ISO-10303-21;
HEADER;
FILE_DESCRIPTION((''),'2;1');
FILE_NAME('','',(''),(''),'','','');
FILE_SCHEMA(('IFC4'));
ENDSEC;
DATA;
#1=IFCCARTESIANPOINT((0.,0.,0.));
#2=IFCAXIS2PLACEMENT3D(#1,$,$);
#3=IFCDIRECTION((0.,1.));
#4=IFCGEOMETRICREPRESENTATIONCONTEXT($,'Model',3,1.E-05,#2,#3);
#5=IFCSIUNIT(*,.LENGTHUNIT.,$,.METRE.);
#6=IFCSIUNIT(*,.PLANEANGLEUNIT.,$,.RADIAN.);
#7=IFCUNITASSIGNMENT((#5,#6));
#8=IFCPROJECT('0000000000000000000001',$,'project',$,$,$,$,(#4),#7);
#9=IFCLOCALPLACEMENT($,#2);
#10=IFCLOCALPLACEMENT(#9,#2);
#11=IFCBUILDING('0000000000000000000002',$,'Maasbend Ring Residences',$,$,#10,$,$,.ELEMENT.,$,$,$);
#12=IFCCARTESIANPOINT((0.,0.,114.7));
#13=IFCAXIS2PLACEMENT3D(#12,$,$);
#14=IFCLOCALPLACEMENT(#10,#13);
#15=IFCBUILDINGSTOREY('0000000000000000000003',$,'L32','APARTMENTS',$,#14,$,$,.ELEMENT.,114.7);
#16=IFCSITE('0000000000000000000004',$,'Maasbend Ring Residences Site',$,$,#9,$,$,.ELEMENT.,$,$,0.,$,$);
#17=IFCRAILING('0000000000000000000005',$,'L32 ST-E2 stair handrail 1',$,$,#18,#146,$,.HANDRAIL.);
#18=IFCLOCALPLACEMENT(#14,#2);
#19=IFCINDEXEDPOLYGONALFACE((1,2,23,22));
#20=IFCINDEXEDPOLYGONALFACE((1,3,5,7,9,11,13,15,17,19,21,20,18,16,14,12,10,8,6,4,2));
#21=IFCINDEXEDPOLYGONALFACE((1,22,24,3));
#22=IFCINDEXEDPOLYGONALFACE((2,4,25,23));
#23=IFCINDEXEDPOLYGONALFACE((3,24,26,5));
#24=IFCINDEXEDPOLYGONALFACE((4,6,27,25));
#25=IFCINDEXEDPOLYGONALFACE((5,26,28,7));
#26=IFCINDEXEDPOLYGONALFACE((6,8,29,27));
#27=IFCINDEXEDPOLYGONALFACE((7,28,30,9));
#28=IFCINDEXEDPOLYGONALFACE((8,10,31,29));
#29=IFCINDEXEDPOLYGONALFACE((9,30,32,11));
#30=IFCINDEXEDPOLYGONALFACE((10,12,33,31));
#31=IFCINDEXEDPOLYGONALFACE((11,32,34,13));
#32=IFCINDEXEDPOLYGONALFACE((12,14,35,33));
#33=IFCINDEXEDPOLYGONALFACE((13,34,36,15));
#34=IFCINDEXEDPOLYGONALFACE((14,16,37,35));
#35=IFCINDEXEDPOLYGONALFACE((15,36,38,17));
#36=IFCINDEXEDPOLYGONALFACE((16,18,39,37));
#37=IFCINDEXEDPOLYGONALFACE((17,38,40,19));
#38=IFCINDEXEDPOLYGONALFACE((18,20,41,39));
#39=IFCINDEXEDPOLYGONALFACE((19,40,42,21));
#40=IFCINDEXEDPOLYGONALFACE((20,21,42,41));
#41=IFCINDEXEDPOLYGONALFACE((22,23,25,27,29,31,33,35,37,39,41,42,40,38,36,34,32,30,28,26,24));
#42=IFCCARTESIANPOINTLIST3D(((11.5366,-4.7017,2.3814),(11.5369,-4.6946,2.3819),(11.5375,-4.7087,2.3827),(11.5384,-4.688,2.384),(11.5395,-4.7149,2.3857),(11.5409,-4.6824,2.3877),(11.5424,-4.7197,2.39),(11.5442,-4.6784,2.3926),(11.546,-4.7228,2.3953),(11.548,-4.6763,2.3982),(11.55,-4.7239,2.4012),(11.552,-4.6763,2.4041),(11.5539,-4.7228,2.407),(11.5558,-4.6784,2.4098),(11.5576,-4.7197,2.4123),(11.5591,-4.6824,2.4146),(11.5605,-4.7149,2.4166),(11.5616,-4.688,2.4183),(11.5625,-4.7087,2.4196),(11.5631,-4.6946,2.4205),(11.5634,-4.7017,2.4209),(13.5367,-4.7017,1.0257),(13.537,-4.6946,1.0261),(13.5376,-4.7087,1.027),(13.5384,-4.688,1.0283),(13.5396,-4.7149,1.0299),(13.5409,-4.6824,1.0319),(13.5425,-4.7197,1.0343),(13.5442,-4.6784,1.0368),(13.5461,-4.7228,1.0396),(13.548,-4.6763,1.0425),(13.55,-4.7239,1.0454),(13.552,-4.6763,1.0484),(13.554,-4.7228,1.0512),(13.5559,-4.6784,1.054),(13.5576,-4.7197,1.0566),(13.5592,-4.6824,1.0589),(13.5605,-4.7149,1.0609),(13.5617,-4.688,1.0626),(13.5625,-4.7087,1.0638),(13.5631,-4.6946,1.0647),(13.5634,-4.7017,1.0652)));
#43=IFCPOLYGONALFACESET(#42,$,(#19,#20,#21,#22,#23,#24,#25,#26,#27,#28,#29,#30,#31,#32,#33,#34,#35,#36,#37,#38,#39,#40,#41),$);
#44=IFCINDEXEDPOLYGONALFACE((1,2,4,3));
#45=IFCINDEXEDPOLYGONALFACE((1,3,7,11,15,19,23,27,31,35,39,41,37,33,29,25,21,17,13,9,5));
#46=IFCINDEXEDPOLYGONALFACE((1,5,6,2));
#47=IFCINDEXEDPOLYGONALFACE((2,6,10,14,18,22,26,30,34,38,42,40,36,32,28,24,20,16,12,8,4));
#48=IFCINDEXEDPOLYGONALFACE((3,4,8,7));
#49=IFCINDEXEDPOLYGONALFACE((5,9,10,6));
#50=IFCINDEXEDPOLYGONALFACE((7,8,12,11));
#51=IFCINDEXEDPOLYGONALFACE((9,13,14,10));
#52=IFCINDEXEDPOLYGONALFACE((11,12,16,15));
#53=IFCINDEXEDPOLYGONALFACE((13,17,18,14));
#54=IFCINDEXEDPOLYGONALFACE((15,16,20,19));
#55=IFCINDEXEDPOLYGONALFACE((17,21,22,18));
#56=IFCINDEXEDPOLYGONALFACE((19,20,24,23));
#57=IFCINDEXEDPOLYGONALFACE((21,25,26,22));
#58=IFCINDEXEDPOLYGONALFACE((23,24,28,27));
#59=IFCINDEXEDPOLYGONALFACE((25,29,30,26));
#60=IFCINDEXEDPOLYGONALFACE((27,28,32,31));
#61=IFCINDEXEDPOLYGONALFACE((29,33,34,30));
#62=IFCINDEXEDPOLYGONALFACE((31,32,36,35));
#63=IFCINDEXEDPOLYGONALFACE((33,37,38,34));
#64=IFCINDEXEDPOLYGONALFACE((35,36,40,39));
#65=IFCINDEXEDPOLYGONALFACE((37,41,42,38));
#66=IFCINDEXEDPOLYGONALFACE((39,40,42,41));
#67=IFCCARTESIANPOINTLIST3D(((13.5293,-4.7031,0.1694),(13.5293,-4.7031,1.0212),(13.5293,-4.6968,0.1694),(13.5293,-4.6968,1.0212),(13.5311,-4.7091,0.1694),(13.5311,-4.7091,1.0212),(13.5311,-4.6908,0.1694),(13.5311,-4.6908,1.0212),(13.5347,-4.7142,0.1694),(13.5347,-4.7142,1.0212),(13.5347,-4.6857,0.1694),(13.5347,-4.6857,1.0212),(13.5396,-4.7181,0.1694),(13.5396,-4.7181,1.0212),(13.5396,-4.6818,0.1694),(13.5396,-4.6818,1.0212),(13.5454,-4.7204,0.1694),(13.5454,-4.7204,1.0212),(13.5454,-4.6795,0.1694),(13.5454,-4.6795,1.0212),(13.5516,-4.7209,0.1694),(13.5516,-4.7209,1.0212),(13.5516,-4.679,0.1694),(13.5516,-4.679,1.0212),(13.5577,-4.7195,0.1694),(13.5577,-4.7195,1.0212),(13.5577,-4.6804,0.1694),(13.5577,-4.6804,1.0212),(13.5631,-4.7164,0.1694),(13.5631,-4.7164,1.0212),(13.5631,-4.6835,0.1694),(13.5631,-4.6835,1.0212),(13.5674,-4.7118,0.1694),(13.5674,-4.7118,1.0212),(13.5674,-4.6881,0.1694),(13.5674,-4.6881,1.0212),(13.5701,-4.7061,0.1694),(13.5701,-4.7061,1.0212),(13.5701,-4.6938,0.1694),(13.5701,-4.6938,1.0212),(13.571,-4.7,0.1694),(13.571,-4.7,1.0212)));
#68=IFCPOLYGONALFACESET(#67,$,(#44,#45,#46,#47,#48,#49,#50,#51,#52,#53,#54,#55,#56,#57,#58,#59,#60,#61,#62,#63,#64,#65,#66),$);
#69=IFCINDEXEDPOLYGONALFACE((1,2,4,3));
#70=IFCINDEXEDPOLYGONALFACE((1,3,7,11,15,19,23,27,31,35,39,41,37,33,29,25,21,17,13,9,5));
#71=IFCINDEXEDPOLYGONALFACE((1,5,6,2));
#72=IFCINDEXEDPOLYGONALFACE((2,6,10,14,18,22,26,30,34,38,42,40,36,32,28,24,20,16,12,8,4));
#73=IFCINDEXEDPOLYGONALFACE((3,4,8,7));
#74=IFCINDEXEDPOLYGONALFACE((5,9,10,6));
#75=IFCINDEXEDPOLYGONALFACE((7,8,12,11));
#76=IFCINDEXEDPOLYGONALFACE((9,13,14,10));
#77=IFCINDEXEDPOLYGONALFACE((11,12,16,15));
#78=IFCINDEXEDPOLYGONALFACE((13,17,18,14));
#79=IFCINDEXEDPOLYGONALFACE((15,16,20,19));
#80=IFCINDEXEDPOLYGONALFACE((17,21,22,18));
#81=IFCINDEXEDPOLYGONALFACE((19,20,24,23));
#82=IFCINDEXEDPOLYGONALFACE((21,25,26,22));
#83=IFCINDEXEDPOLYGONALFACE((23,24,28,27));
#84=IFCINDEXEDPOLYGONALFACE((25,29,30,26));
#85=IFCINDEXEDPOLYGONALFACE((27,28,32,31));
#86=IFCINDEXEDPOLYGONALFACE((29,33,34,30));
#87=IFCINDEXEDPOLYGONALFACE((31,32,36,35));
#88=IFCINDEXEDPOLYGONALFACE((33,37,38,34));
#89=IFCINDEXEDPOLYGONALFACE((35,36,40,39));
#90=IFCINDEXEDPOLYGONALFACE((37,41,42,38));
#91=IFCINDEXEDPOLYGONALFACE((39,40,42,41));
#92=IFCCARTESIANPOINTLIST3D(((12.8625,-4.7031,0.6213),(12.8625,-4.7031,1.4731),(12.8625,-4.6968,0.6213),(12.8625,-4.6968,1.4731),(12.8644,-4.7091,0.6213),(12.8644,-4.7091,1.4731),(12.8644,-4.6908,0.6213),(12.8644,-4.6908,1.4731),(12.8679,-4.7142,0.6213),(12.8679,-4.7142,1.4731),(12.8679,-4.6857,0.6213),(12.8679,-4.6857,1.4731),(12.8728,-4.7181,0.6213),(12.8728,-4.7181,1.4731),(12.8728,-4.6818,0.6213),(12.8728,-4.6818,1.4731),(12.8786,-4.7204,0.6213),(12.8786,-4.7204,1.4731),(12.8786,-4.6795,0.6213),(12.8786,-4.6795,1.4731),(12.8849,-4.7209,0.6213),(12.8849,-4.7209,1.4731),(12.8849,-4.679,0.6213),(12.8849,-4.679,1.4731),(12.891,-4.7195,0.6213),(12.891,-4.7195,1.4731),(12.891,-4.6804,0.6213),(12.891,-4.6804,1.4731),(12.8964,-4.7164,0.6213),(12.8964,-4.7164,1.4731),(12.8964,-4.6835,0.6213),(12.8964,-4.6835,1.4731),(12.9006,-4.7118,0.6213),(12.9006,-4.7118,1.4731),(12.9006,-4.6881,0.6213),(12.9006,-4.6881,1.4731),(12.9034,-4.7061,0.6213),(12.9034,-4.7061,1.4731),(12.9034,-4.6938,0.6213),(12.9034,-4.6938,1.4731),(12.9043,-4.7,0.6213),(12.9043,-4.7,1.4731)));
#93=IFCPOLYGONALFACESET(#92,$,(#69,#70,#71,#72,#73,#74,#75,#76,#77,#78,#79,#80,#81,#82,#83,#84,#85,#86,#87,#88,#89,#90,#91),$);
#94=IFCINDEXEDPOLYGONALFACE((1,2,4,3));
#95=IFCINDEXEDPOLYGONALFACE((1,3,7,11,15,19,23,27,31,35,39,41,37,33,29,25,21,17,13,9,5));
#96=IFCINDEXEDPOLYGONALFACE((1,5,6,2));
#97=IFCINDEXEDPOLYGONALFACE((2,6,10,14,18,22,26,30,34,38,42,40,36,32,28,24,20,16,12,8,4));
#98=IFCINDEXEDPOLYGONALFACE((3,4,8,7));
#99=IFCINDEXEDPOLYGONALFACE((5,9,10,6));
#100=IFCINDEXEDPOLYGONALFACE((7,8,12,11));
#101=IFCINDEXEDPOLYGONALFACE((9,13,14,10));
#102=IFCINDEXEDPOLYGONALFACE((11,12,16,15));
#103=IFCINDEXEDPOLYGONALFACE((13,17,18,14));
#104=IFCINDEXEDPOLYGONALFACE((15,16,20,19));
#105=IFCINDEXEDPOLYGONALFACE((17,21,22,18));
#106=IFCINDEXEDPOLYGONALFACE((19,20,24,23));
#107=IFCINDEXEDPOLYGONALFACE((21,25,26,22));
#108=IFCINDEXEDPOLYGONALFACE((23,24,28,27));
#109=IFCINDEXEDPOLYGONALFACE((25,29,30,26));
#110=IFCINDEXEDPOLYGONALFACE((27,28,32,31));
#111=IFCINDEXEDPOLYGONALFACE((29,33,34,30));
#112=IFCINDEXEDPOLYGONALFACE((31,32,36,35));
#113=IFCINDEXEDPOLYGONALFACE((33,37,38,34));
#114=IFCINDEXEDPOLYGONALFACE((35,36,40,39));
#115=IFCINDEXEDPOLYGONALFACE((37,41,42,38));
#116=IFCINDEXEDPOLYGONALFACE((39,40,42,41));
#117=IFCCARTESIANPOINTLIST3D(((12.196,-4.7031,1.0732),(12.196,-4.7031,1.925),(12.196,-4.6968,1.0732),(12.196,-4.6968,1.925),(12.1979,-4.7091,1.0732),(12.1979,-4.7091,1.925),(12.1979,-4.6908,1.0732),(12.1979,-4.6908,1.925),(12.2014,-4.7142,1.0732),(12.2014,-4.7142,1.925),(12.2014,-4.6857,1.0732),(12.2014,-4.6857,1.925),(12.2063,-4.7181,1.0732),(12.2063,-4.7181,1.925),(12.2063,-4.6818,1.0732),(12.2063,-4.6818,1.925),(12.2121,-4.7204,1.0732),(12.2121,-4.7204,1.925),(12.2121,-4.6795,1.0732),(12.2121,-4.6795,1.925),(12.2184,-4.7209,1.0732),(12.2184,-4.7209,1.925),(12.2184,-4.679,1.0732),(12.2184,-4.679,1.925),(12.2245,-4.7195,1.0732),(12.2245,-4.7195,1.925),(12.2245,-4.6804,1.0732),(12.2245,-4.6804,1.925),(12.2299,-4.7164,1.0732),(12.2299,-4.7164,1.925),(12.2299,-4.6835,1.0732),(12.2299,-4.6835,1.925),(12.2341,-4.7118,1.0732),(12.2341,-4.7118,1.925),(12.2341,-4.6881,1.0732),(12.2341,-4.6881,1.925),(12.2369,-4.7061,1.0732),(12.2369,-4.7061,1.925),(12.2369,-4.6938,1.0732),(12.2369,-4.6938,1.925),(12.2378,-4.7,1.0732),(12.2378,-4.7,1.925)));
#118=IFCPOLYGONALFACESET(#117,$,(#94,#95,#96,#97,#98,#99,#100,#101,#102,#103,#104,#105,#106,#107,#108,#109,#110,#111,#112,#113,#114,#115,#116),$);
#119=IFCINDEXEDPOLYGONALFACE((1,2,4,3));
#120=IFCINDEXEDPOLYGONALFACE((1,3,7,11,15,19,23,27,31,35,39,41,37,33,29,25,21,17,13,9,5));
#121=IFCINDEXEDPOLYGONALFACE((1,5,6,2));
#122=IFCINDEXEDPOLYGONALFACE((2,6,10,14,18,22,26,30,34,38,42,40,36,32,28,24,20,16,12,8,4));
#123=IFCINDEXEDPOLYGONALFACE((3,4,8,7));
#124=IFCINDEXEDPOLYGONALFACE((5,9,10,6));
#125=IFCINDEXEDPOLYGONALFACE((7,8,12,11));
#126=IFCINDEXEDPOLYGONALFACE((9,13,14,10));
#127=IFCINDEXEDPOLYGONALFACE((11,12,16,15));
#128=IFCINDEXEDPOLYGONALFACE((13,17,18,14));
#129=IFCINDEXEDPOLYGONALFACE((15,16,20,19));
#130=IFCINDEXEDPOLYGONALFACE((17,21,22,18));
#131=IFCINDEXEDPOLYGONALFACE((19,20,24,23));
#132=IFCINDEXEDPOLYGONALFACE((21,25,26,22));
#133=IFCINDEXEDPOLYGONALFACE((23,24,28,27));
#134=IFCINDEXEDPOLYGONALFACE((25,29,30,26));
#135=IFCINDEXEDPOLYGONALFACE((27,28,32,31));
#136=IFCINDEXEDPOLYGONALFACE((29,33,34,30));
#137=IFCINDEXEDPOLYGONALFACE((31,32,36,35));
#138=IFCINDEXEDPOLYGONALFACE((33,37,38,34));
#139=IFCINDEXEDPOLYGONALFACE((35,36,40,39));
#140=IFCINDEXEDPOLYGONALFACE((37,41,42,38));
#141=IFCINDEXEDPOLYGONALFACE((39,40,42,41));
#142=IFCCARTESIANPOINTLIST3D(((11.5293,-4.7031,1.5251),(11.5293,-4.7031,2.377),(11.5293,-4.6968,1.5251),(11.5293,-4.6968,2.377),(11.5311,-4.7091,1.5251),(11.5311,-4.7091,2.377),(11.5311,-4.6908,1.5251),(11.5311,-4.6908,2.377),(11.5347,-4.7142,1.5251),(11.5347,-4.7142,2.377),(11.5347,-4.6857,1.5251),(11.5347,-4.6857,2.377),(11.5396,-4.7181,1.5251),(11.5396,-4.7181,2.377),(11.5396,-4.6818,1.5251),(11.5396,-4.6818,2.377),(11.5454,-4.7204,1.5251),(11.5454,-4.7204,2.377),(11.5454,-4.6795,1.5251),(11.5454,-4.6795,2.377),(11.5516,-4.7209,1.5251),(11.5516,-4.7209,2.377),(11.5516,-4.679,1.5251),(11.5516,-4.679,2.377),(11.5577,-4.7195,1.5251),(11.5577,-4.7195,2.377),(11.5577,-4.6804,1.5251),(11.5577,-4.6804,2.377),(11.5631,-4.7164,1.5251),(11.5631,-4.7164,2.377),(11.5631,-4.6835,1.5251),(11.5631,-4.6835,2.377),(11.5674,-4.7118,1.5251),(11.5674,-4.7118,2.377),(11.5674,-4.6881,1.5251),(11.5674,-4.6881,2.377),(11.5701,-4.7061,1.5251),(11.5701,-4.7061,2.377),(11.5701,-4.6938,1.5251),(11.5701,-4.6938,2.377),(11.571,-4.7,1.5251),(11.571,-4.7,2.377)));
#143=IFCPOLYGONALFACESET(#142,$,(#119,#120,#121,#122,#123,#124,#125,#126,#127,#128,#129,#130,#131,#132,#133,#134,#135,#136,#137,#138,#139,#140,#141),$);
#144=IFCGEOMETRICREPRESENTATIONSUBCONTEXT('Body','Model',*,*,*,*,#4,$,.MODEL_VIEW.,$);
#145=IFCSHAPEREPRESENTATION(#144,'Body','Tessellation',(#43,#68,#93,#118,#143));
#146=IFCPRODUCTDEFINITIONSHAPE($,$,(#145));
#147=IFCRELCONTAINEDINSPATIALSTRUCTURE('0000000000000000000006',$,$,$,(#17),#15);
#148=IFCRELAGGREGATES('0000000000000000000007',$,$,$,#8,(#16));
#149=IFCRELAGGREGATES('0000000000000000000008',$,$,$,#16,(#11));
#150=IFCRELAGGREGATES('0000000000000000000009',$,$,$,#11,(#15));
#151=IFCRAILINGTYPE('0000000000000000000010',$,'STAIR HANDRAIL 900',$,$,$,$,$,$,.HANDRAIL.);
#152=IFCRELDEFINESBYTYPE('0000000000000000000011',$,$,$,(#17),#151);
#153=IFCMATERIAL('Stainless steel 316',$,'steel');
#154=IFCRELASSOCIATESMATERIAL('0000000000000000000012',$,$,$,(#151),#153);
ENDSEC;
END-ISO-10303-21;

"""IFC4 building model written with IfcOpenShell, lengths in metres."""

from ifc_helpers import new_model, si_unit, direction, frame, origin, origin_2d, place, context, subcontext, project, spatial, circle, extrude, material, type_object, element, save


model = new_model("IFC4")

# Units and contexts
model_context = context("Model", 3, precision=1e-05, world=origin(), true_north=direction((0.0, 1.0)))
body_context = subcontext(model_context, "Body", "Model", "MODEL_VIEW")
ifc_project = project(units=[si_unit("LENGTHUNIT", "METRE"), si_unit("PLANEANGLEUNIT", "RADIAN")], contexts=[model_context])

# Site, building, storey
site_placement = place(None, origin())
site = spatial("IfcSite", under=ifc_project, at=site_placement, Name="Maasbend Ring Residences Site", CompositionType="ELEMENT", RefElevation=0.0)
building_placement = place(site_placement, origin())
building = spatial("IfcBuilding", under=site, at=building_placement, Name="Maasbend Ring Residences", CompositionType="ELEMENT")
storey_placement = place(building_placement, frame((0.0, 0.0, 114.7)))
storey = spatial("IfcBuildingStorey", under=building, at=storey_placement, Name="L32", Description="APARTMENTS", CompositionType="ELEMENT", Elevation=114.7)

# Railing
ifc_material_1 = material(Name="Stainless steel 316", Category="steel")
railing_type_1 = type_object("IfcRailingType", Name="STAIR HANDRAIL 900", PredefinedType="HANDRAIL", material=ifc_material_1)
railing_1_placement = place(storey_placement, frame((13.55, -4.7, 0.1694)))
element("IfcRailing", 1, at=railing_1_placement, inside=storey, type_object=railing_type_1, Name="L32 ST-E2 stair handrail 1", PredefinedType="HANDRAIL", context=body_context, shape_type="SweptSolid", body=[
    extrude(circle(Radius=0.0239, at=origin_2d()), frame((0.0, 0.0, 0.876), z_axis=(-0.827751, 0.0, 0.561096), x_axis=(0.0, -1.0, 0.0)), (0.0, 0.0, 1.0), 2.4163),
    extrude(circle(Radius=0.021, at=origin_2d()), origin(), (0.0, 0.0, 1.0), 0.8518),
    extrude(circle(Radius=0.021, at=origin_2d()), frame((-0.6667, 0.0, 0.4519)), (0.0, 0.0, 1.0), 0.8518),
    extrude(circle(Radius=0.021, at=origin_2d()), frame((-1.3333, 0.0, 0.9038)), (0.0, 0.0, 1.0), 0.8518),
    extrude(circle(Radius=0.021, at=origin_2d()), frame((-2.0, 0.0, 1.3557)), (0.0, 0.0, 1.0), 0.8518),
])

save(model, "model.ifc")
